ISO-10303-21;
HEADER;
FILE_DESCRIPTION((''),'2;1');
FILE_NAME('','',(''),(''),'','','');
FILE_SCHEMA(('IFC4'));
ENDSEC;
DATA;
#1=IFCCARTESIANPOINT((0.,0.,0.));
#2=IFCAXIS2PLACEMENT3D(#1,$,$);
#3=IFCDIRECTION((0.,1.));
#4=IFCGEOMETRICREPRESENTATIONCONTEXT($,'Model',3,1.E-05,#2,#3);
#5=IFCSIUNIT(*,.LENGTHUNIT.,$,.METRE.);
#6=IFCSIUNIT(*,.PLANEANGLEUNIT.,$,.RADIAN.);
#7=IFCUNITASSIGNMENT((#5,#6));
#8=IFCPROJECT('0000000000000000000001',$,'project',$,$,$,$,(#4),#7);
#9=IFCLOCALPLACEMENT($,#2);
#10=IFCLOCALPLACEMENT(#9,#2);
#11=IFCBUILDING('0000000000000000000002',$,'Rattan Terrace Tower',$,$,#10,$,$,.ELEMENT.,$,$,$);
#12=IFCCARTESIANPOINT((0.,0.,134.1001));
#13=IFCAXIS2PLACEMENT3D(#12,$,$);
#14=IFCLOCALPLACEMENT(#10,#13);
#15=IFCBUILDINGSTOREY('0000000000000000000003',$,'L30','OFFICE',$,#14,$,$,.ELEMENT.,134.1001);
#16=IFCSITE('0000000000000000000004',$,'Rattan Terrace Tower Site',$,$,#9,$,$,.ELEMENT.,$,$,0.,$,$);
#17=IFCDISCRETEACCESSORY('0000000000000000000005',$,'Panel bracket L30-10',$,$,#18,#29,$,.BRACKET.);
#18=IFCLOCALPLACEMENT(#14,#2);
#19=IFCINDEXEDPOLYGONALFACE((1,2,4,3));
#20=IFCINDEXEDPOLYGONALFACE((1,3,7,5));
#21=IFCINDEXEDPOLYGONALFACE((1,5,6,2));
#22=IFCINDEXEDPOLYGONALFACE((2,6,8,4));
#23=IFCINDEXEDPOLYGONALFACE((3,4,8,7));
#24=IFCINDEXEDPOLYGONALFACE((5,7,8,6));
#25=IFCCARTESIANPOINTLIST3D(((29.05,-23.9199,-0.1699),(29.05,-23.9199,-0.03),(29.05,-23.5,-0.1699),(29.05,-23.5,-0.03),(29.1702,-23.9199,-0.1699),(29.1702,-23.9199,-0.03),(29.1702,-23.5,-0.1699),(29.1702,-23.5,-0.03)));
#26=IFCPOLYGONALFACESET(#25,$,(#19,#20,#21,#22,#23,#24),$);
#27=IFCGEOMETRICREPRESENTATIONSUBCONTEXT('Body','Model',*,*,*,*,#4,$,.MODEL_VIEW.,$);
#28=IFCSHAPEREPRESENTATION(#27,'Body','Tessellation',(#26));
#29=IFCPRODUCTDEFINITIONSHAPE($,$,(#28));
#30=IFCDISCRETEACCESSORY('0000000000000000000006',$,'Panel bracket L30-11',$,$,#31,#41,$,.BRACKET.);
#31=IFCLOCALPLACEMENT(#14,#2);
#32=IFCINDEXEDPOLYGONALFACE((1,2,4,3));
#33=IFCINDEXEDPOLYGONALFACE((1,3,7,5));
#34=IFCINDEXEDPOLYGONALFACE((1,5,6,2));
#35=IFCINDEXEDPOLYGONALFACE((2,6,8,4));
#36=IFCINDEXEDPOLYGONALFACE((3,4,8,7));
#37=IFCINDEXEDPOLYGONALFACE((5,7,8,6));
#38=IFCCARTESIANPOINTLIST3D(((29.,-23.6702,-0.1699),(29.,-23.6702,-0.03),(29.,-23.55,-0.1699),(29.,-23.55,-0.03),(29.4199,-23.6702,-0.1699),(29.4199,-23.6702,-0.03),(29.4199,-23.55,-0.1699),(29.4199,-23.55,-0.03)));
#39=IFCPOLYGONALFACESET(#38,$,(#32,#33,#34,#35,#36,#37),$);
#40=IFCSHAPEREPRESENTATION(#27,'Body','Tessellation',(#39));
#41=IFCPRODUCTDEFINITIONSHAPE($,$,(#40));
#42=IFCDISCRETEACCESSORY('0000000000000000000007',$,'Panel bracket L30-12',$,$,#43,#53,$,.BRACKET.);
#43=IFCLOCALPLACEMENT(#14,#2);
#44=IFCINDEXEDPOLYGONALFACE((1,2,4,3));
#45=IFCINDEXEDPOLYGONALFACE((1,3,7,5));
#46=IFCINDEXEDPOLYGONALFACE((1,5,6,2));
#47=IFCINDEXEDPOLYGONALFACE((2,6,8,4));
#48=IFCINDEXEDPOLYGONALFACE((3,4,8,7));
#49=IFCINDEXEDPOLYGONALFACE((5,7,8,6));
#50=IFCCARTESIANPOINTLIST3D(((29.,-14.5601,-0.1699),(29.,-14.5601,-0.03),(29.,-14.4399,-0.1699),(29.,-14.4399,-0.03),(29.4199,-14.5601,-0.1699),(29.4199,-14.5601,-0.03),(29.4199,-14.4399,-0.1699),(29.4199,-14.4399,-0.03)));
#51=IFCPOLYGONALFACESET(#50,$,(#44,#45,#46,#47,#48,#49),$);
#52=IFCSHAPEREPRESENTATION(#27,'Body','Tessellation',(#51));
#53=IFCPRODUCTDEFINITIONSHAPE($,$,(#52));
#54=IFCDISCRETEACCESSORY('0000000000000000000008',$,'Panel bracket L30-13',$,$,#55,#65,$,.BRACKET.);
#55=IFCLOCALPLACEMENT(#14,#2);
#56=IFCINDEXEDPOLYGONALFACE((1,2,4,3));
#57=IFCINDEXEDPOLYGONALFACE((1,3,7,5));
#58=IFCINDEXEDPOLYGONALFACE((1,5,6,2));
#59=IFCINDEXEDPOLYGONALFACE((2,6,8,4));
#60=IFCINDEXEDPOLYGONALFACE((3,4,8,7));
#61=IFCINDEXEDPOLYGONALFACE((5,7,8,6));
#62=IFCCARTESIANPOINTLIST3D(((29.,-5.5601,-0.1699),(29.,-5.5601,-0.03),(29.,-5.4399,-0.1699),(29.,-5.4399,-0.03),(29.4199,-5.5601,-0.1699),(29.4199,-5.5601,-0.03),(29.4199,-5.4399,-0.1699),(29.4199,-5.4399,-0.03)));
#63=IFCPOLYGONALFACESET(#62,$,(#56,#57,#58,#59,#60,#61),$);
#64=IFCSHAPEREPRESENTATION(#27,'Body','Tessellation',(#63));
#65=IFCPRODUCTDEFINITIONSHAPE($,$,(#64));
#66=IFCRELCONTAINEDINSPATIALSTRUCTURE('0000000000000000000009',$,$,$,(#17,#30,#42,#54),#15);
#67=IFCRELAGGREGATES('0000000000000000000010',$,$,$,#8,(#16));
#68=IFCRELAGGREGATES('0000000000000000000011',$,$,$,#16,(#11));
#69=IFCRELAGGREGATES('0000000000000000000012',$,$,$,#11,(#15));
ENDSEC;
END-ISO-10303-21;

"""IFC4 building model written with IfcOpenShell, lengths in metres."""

from ifc_helpers import new_model, si_unit, direction, frame, origin, origin_2d, place, context, subcontext, project, spatial, rectangle, extrude, element, save


model = new_model("IFC4")

# Units and contexts
model_context = context("Model", 3, precision=1e-05, world=origin(), true_north=direction((0.0, 1.0)))
body_context = subcontext(model_context, "Body", "Model", "MODEL_VIEW")
ifc_project = project(units=[si_unit("LENGTHUNIT", "METRE"), si_unit("PLANEANGLEUNIT", "RADIAN")], contexts=[model_context])

# Site, building, storey
site_placement = place(None, origin())
site = spatial("IfcSite", under=ifc_project, at=site_placement, Name="Rattan Terrace Tower Site", CompositionType="ELEMENT", RefElevation=0.0)
building_placement = place(site_placement, origin())
building = spatial("IfcBuilding", under=site, at=building_placement, Name="Rattan Terrace Tower", CompositionType="ELEMENT")
storey_placement = place(building_placement, frame((0.0, 0.0, 134.1001)))
storey = spatial("IfcBuildingStorey", under=building, at=storey_placement, Name="L30", Description="OFFICE", CompositionType="ELEMENT", Elevation=134.1001)

# Discrete accessories
for number, where, z_axis, x_axis, name in (
    (1, (29.1101, -23.71, -0.1699), (0.0, 0.0, 1.0), (1.0, 0.0, 0.0), "Panel bracket L30-10"),
    (2, (29.21, -23.6101, -0.1699), (0.0, 0.0, 1.0), (0.0, 1.0, 0.0), "Panel bracket L30-11"),
    (3, (29.21, -14.5, -0.1699), (0.0, 0.0, 1.0), (0.0, 1.0, 0.0), "Panel bracket L30-12"),
    (4, (29.21, -5.5, -0.1699), (0.0, 0.0, 1.0), (0.0, 1.0, 0.0), "Panel bracket L30-13"),
):
    element("IfcDiscreteAccessory", number, at=place(storey_placement, frame(where, z_axis=z_axis, x_axis=x_axis)), inside=storey, Name=name, PredefinedType="BRACKET", context=body_context, shape_type="SweptSolid", body=[
        extrude(rectangle(XDim=0.1201, YDim=0.4199, at=origin_2d()), origin(), (0.0, 0.0, 1.0), 0.1399),
    ])

save(model, "model.ifc")
